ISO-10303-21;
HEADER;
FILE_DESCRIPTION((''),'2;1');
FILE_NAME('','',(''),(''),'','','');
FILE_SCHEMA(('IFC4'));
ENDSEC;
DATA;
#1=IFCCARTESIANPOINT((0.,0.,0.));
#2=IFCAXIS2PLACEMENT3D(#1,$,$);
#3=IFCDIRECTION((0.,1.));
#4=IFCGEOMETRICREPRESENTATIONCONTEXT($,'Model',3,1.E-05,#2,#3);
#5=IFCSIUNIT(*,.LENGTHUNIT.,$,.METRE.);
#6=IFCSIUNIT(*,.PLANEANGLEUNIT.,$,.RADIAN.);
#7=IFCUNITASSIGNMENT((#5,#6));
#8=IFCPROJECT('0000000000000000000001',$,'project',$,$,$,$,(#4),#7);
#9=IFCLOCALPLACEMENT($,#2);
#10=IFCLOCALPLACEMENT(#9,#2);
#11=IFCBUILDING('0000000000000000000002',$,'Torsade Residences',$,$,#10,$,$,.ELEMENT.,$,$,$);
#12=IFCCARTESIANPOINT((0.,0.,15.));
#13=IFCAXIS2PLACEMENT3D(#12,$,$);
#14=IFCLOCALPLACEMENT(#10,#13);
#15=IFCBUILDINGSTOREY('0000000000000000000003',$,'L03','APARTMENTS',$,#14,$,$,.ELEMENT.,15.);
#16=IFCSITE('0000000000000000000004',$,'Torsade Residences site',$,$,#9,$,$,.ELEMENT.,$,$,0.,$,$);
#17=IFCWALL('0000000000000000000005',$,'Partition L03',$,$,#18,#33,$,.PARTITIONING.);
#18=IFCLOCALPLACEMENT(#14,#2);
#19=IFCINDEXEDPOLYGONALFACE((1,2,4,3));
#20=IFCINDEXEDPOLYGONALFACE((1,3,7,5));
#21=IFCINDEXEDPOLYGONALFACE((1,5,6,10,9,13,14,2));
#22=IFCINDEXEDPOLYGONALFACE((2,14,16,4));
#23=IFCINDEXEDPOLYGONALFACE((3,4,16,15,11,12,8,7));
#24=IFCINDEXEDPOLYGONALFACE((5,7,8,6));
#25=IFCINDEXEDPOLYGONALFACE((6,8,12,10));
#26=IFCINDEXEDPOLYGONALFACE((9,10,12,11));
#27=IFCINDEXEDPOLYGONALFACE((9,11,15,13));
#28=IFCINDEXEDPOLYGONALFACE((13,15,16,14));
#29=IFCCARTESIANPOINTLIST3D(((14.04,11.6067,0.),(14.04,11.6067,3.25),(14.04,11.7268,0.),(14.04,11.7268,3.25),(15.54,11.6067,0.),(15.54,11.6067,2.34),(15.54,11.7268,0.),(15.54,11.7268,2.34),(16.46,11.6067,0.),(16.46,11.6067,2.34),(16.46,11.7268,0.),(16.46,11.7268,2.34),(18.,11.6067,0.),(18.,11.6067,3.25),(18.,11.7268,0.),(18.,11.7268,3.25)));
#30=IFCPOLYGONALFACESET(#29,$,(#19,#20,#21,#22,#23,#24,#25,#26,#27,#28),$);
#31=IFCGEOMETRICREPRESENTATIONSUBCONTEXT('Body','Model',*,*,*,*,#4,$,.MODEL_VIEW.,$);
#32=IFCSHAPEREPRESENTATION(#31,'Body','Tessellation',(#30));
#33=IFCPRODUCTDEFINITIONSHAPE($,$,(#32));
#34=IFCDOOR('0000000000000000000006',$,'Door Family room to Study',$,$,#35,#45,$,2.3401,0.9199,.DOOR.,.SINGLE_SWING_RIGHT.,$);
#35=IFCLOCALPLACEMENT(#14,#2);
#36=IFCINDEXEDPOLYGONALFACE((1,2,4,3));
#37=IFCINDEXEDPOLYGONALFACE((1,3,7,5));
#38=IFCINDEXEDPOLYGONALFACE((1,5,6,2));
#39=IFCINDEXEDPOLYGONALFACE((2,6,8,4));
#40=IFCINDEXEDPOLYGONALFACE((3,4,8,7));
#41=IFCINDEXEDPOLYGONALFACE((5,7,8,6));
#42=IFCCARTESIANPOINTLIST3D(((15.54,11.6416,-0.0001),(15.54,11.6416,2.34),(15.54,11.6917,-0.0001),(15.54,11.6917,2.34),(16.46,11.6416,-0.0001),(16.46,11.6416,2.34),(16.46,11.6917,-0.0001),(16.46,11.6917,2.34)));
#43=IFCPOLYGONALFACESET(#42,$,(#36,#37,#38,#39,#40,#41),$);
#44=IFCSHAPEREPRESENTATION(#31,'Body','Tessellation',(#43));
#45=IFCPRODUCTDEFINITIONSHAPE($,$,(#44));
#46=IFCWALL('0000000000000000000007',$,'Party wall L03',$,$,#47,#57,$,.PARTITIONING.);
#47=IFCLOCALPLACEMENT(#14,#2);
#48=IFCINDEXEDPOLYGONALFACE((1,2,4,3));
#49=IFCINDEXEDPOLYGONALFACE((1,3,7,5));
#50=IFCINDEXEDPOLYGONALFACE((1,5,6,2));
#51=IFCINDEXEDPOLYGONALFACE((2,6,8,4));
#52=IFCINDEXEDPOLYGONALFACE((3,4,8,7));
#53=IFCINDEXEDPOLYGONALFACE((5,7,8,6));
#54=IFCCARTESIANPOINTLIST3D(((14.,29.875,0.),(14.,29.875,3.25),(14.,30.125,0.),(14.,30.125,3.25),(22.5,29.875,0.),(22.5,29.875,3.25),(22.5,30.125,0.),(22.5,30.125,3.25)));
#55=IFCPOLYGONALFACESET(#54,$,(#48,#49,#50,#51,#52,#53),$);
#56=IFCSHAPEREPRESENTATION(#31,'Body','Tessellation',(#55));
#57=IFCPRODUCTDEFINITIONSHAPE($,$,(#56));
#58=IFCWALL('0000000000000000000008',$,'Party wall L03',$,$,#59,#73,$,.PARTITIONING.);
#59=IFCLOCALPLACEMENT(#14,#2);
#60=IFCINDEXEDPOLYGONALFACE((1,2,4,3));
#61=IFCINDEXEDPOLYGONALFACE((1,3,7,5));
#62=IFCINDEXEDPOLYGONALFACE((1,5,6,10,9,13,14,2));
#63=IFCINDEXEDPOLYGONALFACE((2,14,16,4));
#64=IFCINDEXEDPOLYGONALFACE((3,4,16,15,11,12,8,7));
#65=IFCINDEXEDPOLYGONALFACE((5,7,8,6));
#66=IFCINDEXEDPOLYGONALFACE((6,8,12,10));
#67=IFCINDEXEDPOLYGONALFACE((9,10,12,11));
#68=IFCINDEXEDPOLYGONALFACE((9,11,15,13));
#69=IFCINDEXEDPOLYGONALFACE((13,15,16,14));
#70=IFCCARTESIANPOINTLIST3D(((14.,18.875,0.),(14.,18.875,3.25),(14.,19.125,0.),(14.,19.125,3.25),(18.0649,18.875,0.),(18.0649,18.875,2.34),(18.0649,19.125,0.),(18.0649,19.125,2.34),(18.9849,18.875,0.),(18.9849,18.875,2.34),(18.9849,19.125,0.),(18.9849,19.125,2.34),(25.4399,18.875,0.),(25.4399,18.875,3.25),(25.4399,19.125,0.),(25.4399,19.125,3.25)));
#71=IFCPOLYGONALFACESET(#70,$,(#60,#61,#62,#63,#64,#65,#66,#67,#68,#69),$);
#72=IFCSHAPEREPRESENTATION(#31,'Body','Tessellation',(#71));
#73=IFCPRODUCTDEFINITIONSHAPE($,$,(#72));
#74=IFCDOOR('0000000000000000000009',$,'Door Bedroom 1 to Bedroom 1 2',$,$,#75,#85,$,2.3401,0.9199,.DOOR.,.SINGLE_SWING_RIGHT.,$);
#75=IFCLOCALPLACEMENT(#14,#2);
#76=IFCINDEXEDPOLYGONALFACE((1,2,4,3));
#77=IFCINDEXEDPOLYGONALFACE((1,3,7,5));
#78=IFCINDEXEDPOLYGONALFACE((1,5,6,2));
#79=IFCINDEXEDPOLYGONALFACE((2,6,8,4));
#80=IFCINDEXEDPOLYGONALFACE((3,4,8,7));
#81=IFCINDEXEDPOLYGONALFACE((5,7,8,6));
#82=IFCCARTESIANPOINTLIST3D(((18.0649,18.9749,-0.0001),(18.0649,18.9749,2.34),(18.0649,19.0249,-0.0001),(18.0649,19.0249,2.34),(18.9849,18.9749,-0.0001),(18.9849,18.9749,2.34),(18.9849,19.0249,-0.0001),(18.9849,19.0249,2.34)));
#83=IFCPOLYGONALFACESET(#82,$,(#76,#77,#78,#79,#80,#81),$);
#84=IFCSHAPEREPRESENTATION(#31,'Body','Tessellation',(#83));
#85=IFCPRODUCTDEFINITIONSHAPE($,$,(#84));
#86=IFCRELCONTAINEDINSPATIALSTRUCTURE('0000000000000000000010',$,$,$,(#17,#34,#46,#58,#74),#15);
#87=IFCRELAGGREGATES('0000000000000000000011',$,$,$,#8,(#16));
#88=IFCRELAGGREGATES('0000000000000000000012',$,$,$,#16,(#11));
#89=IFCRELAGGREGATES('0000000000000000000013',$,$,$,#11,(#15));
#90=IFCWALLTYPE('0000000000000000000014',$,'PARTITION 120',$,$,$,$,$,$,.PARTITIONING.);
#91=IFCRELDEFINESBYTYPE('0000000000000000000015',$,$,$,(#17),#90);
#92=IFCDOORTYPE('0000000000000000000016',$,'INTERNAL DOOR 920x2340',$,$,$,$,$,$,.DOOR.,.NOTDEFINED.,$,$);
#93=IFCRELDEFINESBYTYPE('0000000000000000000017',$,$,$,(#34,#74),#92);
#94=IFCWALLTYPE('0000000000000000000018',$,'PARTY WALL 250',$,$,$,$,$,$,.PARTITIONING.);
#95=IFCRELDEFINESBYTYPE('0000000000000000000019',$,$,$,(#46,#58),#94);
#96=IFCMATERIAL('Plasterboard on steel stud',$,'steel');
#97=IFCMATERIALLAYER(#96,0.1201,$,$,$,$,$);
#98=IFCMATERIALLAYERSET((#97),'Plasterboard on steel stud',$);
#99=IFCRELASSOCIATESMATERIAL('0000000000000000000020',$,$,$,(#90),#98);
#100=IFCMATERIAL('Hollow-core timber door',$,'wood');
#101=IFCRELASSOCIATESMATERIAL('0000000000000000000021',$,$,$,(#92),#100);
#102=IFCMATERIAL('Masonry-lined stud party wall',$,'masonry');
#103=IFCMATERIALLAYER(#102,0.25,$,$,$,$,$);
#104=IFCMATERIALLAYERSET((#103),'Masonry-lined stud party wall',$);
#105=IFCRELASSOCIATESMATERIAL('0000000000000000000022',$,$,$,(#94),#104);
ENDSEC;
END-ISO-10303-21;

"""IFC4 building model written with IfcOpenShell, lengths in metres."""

from ifc_helpers import new_model, si_unit, direction, frame, frame_2d, origin, place, context, subcontext, project, spatial, rectangle, extrude, material, layer, layer_set, type_object, element, fill, save


model = new_model("IFC4")

# Units and contexts
model_context = context("Model", 3, precision=1e-05, world=origin(), true_north=direction((0.0, 1.0)))
body_context = subcontext(model_context, "Body", "Model", "MODEL_VIEW")
ifc_project = project(units=[si_unit("LENGTHUNIT", "METRE"), si_unit("PLANEANGLEUNIT", "RADIAN")], contexts=[model_context])

# Site, building, storey
site_placement = place(None, origin())
site = spatial("IfcSite", under=ifc_project, at=site_placement, Name="Torsade Residences site", CompositionType="ELEMENT", RefElevation=0.0)
building_placement = place(site_placement, origin())
building = spatial("IfcBuilding", under=site, at=building_placement, Name="Torsade Residences", CompositionType="ELEMENT")
storey_placement = place(building_placement, frame((0.0, 0.0, 15.0)))
storey = spatial("IfcBuildingStorey", under=building, at=storey_placement, Name="L03", Description="APARTMENTS", CompositionType="ELEMENT", Elevation=15.0)

# Wall, opening, door
ifc_material_1 = material(Name="Plasterboard on steel stud", Category="steel")
ifc_layer_1 = layer(ifc_material_1, 0.1201)
ifc_layer_set_1 = layer_set([ifc_layer_1], Name="Plasterboard on steel stud")
wall_type_1 = type_object("IfcWallType", Name="PARTITION 120", PredefinedType="PARTITIONING", material=ifc_layer_set_1)
ifc_material_2 = material(Name="Hollow-core timber door", Category="wood")
door_type = type_object("IfcDoorType", Name="INTERNAL DOOR 920x2340", OperationType="NOTDEFINED", PredefinedType="DOOR", material=ifc_material_2)
wall_1_placement = place(storey_placement, frame((14.04, 11.6667, 0.0), z_axis=(0.0, 0.0, 1.0), x_axis=(1.0, 0.0, 0.0)))
wall_1 = element("IfcWall", 1, at=wall_1_placement, inside=storey, type_object=wall_type_1, Name="Partition L03", PredefinedType="PARTITIONING", context=body_context, shape_type="SweptSolid", body=[
    extrude(rectangle(XDim=3.96, YDim=0.1201, at=frame_2d((1.98, 0.0))), origin(), (0.0, 0.0, 1.0), 3.25),
])
opening_1_placement = place(wall_1_placement, frame((1.5, 0.0, 0.0)))
opening_1 = element("IfcOpeningElement", 2, at=opening_1_placement, cuts=wall_1, PredefinedType="OPENING", context=body_context, shape_type="SweptSolid", body=[
    extrude(rectangle(XDim=0.9199, YDim=2.3401, at=frame_2d((0.46, 1.1699))), frame((0.0, 0.0701, 0.0), z_axis=(0.0, -1.0, 0.0), x_axis=(1.0, 0.0, 0.0)), (0.0, 0.0, 1.0), 0.1401),
])
door_1_placement = place(opening_1_placement, origin())
door_1 = element("IfcDoor", 3, at=door_1_placement, inside=storey, type_object=door_type, Name="Door Family room to Study", OperationType="SINGLE_SWING_RIGHT", OverallHeight=2.3401, OverallWidth=0.9199, PredefinedType="DOOR", context=body_context, shape_type="SweptSolid", body=[
    extrude(rectangle(XDim=0.9199, YDim=2.3401, at=frame_2d((0.46, 1.1699))), frame((0.0, 0.0249, 0.0), z_axis=(0.0, -1.0, 0.0), x_axis=(1.0, 0.0, 0.0)), (0.0, 0.0, 1.0), 0.05),
])
fill(opening_1, door_1)

# Wall
ifc_material_3 = material(Name="Masonry-lined stud party wall", Category="masonry")
ifc_layer_2 = layer(ifc_material_3, 0.25)
ifc_layer_set_2 = layer_set([ifc_layer_2], Name="Masonry-lined stud party wall")
wall_type_2 = type_object("IfcWallType", Name="PARTY WALL 250", PredefinedType="PARTITIONING", material=ifc_layer_set_2)
wall_2_placement = place(storey_placement, frame((14.0, 30.0, 0.0), z_axis=(0.0, 0.0, 1.0), x_axis=(1.0, 0.0, 0.0)))
element("IfcWall", 4, at=wall_2_placement, inside=storey, type_object=wall_type_2, Name="Party wall L03", PredefinedType="PARTITIONING", context=body_context, shape_type="SweptSolid", body=[
    extrude(rectangle(XDim=8.5, YDim=0.25, at=frame_2d((4.25, 0.0))), origin(), (0.0, 0.0, 1.0), 3.25),
])

# Wall, opening, door
wall_3_placement = place(storey_placement, frame((14.0, 19.0, 0.0), z_axis=(0.0, 0.0, 1.0), x_axis=(1.0, 0.0, 0.0)))
wall_3 = element("IfcWall", 5, at=wall_3_placement, inside=storey, type_object=wall_type_2, Name="Party wall L03", PredefinedType="PARTITIONING", context=body_context, shape_type="SweptSolid", body=[
    extrude(rectangle(XDim=11.4399, YDim=0.25, at=frame_2d((5.72, 0.0))), origin(), (0.0, 0.0, 1.0), 3.25),
])
opening_2_placement = place(wall_3_placement, frame((4.0649, 0.0, 0.0)))
opening_2 = element("IfcOpeningElement", 6, at=opening_2_placement, cuts=wall_3, PredefinedType="OPENING", context=body_context, shape_type="SweptSolid", body=[
    extrude(rectangle(XDim=0.9199, YDim=2.3401, at=frame_2d((0.46, 1.1699))), frame((0.0, 0.135, 0.0), z_axis=(0.0, -1.0, 0.0), x_axis=(1.0, 0.0, 0.0)), (0.0, 0.0, 1.0), 0.27),
])
door_2_placement = place(opening_2_placement, origin())
door_2 = element("IfcDoor", 7, at=door_2_placement, inside=storey, type_object=door_type, Name="Door Bedroom 1 to Bedroom 1 2", OperationType="SINGLE_SWING_RIGHT", OverallHeight=2.3401, OverallWidth=0.9199, PredefinedType="DOOR", context=body_context, shape_type="SweptSolid", body=[
    extrude(rectangle(XDim=0.9199, YDim=2.3401, at=frame_2d((0.46, 1.1699))), frame((0.0, 0.0249, 0.0), z_axis=(0.0, -1.0, 0.0), x_axis=(1.0, 0.0, 0.0)), (0.0, 0.0, 1.0), 0.05),
])
fill(opening_2, door_2)

save(model, "model.ifc")
